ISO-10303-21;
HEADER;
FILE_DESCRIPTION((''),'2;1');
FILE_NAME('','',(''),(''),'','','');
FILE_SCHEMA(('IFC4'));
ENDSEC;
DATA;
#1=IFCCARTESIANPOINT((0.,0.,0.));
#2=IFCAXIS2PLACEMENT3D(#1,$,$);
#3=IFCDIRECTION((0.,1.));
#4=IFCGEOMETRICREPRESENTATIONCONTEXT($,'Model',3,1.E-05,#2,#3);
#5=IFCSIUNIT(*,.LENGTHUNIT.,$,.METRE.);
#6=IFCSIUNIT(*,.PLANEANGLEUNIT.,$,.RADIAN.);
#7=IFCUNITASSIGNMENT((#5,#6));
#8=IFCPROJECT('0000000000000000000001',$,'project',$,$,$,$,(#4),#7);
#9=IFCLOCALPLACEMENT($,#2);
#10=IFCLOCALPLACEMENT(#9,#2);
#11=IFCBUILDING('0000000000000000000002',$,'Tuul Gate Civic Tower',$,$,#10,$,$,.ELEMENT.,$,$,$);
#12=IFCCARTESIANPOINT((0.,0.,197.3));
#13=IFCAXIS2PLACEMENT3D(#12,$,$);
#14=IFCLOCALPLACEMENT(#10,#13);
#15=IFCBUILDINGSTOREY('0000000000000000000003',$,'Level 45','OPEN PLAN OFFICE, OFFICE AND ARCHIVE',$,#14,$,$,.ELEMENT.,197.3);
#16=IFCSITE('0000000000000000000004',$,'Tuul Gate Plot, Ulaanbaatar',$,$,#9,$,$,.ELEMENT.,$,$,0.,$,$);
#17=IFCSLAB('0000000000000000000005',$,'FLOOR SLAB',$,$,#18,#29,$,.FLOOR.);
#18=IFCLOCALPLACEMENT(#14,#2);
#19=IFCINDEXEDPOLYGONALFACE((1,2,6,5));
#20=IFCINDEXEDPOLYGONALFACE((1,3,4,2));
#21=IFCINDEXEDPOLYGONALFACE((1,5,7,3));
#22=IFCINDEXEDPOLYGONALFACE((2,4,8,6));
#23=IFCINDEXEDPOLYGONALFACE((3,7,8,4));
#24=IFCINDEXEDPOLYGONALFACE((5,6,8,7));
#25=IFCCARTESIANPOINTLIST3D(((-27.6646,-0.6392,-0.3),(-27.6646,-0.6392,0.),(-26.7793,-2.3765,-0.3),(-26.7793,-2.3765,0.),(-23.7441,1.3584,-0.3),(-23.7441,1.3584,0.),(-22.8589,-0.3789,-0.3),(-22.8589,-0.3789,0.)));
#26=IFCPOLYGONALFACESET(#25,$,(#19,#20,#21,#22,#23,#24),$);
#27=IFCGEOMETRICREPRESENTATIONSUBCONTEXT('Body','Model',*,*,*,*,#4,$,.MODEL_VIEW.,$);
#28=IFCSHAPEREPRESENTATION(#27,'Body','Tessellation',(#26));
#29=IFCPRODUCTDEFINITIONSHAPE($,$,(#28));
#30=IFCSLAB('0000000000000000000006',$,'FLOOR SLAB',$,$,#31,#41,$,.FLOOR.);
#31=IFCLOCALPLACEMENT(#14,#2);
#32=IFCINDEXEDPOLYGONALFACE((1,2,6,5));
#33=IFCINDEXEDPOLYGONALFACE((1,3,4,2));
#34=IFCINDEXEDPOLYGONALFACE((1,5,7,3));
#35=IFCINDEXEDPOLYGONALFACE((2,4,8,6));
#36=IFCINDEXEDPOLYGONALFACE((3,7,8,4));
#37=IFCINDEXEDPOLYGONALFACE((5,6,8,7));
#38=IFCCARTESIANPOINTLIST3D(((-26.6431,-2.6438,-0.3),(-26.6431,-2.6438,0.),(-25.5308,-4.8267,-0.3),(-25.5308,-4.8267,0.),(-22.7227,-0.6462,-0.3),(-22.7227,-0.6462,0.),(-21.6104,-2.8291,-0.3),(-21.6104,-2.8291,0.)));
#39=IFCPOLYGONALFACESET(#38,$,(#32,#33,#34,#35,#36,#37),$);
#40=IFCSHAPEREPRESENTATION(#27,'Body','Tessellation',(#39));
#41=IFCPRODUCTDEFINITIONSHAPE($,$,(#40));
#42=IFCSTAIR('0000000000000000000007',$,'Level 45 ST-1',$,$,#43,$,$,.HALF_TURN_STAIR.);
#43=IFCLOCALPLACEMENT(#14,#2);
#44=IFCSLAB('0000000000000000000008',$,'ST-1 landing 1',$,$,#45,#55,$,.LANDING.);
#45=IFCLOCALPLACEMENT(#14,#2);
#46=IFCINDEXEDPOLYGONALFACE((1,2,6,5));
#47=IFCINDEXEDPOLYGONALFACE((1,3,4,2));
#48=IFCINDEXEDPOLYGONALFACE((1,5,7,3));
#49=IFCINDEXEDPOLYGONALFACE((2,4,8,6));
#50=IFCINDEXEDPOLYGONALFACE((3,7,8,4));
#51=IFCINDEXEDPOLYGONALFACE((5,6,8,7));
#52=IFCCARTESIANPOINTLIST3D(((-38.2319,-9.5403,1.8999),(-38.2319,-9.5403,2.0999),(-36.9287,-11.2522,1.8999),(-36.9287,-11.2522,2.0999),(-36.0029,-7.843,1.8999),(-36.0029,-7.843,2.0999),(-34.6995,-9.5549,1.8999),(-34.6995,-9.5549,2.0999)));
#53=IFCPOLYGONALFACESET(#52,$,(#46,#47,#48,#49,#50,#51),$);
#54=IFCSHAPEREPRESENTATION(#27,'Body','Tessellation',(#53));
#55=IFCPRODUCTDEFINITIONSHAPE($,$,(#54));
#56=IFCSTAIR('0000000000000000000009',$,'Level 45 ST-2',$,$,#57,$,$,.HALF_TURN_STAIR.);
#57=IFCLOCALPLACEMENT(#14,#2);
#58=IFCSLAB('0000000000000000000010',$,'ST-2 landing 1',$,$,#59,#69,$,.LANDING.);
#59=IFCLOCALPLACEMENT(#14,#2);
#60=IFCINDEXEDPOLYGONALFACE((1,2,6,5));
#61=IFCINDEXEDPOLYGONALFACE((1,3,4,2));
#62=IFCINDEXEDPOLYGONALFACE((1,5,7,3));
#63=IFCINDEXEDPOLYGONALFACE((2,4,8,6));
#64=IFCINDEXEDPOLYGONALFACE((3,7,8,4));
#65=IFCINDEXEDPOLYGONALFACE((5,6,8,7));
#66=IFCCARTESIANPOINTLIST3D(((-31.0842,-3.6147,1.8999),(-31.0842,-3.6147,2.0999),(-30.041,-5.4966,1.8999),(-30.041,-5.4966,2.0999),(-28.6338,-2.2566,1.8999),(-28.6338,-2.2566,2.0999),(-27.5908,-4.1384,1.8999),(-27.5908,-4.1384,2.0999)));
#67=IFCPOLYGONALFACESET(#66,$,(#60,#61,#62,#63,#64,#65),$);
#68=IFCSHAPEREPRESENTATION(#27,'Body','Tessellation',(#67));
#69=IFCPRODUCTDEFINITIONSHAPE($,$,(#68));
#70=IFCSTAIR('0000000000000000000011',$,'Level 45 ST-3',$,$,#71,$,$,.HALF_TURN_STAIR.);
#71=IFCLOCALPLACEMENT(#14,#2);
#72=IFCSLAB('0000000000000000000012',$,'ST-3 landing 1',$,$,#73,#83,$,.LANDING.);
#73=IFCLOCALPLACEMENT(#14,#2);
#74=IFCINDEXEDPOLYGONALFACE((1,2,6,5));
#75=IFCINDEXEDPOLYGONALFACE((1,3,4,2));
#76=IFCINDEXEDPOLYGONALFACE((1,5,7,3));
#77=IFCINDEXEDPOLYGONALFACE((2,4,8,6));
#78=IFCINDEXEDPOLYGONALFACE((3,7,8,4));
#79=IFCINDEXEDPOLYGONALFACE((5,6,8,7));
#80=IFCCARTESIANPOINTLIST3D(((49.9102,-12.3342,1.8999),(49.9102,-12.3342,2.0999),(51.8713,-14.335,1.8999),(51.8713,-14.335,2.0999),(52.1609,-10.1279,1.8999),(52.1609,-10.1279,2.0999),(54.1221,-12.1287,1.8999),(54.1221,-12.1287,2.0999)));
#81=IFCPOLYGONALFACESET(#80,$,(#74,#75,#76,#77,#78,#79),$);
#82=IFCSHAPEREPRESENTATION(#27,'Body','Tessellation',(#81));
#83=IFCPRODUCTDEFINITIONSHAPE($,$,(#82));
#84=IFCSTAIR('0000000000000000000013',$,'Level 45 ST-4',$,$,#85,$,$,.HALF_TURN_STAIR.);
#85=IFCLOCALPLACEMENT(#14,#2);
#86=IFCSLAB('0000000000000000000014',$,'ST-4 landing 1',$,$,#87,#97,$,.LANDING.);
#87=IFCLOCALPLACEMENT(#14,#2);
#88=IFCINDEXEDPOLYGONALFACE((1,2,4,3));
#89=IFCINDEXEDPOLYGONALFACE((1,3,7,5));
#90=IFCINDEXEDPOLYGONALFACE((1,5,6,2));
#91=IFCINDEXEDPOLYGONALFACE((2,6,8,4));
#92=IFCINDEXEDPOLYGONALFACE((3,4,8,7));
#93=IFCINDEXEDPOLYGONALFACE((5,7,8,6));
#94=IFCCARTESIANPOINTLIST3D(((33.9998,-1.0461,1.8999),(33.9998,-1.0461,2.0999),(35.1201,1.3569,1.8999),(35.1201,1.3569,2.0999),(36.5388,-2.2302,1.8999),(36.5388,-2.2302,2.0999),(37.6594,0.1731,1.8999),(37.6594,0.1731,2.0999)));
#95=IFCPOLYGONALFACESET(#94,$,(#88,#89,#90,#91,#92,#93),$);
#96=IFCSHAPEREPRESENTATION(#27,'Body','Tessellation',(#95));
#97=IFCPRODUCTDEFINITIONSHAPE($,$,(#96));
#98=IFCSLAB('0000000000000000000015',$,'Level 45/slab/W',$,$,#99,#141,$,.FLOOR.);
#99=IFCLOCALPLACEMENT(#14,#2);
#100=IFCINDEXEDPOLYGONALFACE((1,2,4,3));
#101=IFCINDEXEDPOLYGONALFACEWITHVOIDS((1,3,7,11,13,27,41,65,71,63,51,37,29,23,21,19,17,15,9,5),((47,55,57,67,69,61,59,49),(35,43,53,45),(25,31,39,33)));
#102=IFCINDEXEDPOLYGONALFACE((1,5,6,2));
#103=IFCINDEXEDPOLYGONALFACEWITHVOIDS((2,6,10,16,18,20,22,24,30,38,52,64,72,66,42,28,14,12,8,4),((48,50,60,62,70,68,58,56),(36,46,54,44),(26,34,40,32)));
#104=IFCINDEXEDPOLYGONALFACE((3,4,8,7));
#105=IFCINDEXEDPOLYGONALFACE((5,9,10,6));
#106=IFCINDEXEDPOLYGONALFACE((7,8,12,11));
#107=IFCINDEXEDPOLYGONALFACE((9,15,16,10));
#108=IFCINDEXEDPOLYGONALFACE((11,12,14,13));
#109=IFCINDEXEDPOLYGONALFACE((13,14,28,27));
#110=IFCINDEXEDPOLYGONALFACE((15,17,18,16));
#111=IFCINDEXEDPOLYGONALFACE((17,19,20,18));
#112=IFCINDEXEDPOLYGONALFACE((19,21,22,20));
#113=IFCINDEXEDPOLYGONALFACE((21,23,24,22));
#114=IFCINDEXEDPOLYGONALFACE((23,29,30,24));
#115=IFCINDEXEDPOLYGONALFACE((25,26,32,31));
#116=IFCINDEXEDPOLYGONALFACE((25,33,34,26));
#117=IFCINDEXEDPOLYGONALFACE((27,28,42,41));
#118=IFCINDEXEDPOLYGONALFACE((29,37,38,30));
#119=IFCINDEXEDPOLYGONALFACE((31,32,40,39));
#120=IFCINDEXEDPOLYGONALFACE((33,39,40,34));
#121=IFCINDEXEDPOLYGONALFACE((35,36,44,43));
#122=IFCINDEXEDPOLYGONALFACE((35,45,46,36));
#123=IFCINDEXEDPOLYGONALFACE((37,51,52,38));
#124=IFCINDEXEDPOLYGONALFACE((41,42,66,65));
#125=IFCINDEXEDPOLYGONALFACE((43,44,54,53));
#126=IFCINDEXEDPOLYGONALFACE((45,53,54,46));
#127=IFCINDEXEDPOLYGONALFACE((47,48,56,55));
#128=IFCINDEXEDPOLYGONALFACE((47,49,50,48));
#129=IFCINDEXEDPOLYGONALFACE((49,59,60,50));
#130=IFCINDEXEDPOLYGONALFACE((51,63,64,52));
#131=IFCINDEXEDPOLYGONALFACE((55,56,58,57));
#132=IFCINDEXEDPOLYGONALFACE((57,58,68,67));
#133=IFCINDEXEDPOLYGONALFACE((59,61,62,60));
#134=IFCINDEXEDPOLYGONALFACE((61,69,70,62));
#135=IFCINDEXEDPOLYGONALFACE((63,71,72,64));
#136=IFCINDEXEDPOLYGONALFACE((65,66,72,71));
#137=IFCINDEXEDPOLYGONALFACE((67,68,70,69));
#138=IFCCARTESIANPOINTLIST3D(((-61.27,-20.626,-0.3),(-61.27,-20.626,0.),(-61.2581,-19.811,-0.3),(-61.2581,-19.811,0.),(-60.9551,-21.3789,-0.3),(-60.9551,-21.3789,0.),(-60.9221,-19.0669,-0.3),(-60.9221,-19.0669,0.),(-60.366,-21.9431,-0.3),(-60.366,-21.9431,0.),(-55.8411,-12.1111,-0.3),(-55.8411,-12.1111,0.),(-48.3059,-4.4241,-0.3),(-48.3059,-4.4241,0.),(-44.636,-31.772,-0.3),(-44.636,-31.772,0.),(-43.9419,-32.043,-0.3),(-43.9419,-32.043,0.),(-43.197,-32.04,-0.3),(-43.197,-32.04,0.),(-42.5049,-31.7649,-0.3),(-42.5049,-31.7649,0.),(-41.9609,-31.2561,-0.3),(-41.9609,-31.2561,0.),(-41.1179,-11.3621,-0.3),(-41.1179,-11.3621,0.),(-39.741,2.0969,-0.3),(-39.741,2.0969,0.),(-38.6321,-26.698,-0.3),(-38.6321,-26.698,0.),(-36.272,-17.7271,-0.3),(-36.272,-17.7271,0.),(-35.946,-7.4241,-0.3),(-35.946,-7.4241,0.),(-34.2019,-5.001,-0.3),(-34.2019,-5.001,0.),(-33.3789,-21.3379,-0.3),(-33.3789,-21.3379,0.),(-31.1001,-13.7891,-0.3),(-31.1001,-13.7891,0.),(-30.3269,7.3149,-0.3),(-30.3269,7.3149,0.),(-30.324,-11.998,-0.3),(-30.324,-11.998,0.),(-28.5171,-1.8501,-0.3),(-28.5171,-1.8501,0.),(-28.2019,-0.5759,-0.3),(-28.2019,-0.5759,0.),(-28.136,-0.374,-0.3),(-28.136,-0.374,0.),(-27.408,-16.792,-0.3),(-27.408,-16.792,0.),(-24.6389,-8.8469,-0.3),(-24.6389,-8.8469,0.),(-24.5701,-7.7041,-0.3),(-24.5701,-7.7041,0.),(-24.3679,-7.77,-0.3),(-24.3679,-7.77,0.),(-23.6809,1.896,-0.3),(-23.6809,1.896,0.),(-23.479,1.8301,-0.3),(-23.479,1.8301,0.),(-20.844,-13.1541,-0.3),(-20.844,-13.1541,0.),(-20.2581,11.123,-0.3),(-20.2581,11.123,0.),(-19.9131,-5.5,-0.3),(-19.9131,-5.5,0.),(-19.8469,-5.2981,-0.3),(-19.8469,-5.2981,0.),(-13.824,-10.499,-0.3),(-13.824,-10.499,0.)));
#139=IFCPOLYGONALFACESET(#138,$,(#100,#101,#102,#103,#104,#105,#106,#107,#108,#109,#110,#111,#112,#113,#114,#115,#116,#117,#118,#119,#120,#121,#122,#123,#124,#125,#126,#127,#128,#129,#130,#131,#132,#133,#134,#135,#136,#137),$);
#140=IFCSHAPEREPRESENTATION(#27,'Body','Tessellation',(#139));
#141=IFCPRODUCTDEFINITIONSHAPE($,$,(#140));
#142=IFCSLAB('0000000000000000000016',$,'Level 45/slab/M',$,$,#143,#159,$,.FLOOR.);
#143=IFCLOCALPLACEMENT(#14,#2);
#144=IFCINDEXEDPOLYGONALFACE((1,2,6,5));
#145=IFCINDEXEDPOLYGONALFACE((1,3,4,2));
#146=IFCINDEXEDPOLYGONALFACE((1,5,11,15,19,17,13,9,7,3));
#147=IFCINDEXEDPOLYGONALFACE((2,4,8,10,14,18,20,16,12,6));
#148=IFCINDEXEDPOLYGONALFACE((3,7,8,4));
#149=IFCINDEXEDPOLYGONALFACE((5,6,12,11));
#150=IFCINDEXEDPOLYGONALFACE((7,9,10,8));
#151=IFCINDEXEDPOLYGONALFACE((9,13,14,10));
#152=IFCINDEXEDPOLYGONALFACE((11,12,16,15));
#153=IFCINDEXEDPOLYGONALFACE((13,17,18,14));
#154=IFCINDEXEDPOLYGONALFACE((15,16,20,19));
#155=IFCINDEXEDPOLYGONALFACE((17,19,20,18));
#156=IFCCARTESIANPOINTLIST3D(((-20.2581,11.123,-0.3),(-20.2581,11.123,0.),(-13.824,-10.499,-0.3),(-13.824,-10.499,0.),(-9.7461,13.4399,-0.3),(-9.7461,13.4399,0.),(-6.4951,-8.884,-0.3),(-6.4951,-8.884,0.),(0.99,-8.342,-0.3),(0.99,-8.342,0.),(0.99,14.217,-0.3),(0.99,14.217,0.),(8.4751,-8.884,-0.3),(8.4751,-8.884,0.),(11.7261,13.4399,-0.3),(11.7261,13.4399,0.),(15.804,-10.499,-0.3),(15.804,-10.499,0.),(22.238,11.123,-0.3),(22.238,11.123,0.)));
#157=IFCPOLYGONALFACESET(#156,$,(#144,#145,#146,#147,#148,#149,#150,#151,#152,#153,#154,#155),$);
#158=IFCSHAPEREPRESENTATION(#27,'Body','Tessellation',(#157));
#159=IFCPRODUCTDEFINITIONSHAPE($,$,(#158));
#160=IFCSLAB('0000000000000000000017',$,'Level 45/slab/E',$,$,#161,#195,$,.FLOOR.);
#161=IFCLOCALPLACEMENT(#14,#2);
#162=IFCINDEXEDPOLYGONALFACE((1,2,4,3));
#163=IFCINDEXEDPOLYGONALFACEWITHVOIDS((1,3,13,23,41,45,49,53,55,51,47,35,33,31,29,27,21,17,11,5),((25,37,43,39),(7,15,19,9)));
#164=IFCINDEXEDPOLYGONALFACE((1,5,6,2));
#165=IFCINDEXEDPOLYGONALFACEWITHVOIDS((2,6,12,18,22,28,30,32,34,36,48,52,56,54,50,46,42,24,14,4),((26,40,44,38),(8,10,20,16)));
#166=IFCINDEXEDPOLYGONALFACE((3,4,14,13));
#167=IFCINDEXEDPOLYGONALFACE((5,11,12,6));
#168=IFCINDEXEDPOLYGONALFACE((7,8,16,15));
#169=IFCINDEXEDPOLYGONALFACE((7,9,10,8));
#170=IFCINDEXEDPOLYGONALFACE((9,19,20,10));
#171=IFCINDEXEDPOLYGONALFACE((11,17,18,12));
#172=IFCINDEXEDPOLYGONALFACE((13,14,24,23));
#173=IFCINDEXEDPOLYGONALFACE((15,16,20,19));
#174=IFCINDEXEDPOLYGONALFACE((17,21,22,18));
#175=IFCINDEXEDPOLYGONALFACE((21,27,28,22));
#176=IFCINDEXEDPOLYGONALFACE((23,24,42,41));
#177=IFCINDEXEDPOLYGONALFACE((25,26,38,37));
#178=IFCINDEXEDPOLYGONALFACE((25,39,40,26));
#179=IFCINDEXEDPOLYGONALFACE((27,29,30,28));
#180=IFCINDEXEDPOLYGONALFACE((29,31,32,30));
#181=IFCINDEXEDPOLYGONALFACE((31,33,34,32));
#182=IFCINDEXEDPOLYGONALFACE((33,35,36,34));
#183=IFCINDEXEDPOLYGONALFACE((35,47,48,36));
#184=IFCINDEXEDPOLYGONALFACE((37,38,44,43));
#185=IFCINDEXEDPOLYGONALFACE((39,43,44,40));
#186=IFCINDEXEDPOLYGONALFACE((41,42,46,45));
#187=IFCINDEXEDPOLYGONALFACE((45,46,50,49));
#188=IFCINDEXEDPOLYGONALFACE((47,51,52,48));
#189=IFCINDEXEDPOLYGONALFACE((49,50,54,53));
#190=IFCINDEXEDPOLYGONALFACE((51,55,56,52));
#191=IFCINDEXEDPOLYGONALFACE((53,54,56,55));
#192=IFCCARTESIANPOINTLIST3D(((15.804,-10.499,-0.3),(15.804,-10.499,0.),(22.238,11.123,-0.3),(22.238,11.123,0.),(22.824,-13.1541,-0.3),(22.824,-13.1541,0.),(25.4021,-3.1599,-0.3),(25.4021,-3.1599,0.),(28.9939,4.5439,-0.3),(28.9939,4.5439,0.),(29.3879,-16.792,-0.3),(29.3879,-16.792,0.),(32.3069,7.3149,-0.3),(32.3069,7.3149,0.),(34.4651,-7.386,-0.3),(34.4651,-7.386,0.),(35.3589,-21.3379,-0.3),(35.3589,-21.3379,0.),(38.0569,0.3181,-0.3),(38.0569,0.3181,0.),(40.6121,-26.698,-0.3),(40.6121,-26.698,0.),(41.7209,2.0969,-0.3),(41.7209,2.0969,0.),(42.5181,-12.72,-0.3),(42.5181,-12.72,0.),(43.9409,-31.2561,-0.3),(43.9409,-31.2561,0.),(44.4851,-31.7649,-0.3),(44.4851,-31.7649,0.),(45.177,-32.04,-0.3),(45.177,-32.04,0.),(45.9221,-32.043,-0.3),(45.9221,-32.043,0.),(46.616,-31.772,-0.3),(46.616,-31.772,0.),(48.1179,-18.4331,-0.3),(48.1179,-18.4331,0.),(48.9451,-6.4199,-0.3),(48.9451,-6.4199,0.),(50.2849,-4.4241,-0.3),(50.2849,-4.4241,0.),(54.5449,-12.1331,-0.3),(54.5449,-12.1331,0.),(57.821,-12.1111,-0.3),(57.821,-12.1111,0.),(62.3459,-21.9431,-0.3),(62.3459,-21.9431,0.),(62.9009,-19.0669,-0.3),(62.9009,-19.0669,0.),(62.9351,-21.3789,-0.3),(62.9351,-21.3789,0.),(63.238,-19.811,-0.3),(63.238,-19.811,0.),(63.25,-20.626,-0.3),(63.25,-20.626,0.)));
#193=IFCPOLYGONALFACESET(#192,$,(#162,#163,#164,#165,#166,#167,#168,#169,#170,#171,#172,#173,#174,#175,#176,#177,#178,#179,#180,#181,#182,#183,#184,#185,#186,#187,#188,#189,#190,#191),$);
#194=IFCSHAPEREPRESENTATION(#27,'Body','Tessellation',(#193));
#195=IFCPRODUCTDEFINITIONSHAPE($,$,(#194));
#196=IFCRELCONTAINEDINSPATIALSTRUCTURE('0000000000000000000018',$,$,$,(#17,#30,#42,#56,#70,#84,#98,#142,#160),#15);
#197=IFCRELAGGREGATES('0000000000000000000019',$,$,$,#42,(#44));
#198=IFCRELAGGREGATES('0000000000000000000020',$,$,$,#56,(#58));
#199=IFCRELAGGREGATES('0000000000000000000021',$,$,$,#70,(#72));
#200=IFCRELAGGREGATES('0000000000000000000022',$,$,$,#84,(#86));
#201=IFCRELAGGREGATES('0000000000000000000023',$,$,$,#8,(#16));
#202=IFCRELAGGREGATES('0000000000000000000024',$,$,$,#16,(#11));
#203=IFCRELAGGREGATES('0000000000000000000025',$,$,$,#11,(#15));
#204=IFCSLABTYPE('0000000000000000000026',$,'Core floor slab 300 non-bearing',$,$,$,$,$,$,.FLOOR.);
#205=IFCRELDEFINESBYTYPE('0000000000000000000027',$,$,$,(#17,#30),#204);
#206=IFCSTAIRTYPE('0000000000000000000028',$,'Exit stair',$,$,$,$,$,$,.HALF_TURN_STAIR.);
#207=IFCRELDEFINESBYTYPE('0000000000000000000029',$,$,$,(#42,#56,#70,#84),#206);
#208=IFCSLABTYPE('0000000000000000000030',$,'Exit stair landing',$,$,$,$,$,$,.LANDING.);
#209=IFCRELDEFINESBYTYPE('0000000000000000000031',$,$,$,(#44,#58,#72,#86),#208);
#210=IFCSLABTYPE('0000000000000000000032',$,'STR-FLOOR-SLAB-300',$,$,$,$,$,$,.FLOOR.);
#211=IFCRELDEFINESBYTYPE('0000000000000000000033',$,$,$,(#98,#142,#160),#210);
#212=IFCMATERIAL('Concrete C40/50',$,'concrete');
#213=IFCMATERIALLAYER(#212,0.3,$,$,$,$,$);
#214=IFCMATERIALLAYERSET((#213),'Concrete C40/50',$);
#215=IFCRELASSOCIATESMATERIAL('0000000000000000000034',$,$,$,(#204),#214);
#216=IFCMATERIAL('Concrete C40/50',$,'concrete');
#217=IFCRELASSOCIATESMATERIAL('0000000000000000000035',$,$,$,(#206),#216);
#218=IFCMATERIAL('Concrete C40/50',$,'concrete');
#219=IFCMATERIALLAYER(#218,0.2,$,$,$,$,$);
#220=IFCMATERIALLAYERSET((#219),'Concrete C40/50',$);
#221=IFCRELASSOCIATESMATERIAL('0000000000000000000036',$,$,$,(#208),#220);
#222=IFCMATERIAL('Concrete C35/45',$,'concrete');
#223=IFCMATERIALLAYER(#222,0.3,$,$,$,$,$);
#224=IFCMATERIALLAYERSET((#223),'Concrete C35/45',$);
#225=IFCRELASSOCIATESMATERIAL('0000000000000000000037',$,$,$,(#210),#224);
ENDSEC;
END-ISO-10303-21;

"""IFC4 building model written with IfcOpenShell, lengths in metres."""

from ifc_helpers import new_model, si_unit, direction, frame, origin, place, context, subcontext, project, spatial, polyline, outline, extrude, material, layer, layer_set, type_object, element, aggregate, save


model = new_model("IFC4")

# Units and contexts
model_context = context("Model", 3, precision=1e-05, world=origin(), true_north=direction((0.0, 1.0)))
body_context = subcontext(model_context, "Body", "Model", "MODEL_VIEW")
ifc_project = project(units=[si_unit("LENGTHUNIT", "METRE"), si_unit("PLANEANGLEUNIT", "RADIAN")], contexts=[model_context])

# Site, building, storey
site_placement = place(None, origin())
site = spatial("IfcSite", under=ifc_project, at=site_placement, Name="Tuul Gate Plot, Ulaanbaatar", CompositionType="ELEMENT", RefElevation=0.0)
building_placement = place(site_placement, origin())
building = spatial("IfcBuilding", under=site, at=building_placement, Name="Tuul Gate Civic Tower", CompositionType="ELEMENT")
storey_placement = place(building_placement, frame((0.0, 0.0, 197.3)))
storey = spatial("IfcBuildingStorey", under=building, at=storey_placement, Name="Level 45", Description="OPEN PLAN OFFICE, OFFICE AND ARCHIVE", CompositionType="ELEMENT", Elevation=197.3)

# Slabs
ifc_material_1 = material(Name="Concrete C40/50", Category="concrete")
ifc_layer_1 = layer(ifc_material_1, 0.3)
ifc_layer_set_1 = layer_set([ifc_layer_1], Name="Concrete C40/50")
slab_type_1 = type_object("IfcSlabType", Name="Core floor slab 300 non-bearing", PredefinedType="FLOOR", material=ifc_layer_set_1)
slab_1_placement = place(storey_placement, frame((0.0, 0.0, -0.3)))
element("IfcSlab", 1, at=slab_1_placement, inside=storey, type_object=slab_type_1, Name="FLOOR SLAB", PredefinedType="FLOOR", context=body_context, shape_type="SweptSolid", body=[
    extrude(outline(polyline([(-27.6646, -0.6392), (-23.7441, 1.3584), (-22.8589, -0.3789), (-26.7793, -2.3765), (-27.6646, -0.6392)])), origin(), (0.0, 0.0, 1.0), 0.3),
])
slab_2_placement = place(storey_placement, frame((0.0, 0.0, -0.3)))
element("IfcSlab", 2, at=slab_2_placement, inside=storey, type_object=slab_type_1, Name="FLOOR SLAB", PredefinedType="FLOOR", context=body_context, shape_type="SweptSolid", body=[
    extrude(outline(polyline([(-26.6431, -2.6438), (-22.7227, -0.6462), (-21.6104, -2.8291), (-25.5308, -4.8267), (-26.6431, -2.6438)])), origin(), (0.0, 0.0, 1.0), 0.3),
])

# Stairs, slabs
ifc_material_2 = material(Name="Concrete C40/50", Category="concrete")
stair_type = type_object("IfcStairType", Name="Exit stair", PredefinedType="HALF_TURN_STAIR", material=ifc_material_2)
stair_1_placement = place(storey_placement, origin())
stair_1 = element("IfcStair", 3, at=stair_1_placement, inside=storey, type_object=stair_type, Name="Level 45 ST-1", PredefinedType="HALF_TURN_STAIR")
ifc_material_3 = material(Name="Concrete C40/50", Category="concrete")
ifc_layer_2 = layer(ifc_material_3, 0.2)
ifc_layer_set_2 = layer_set([ifc_layer_2], Name="Concrete C40/50")
slab_type_2 = type_object("IfcSlabType", Name="Exit stair landing", PredefinedType="LANDING", material=ifc_layer_set_2)
slab_3_placement = place(storey_placement, frame((0.0, 0.0, 1.8999)))
slab_3 = element("IfcSlab", 4, at=slab_3_placement, type_object=slab_type_2, Name="ST-1 landing 1", PredefinedType="LANDING", context=body_context, shape_type="SweptSolid", body=[
    extrude(outline(polyline([(-34.6995, -9.5549), (-36.9287, -11.2522), (-38.2319, -9.5403), (-36.0029, -7.843), (-34.6995, -9.5549)])), origin(), (0.0, 0.0, 1.0), 0.2),
])
aggregate(stair_1, [slab_3])
stair_2_placement = place(storey_placement, origin())
stair_2 = element("IfcStair", 5, at=stair_2_placement, inside=storey, type_object=stair_type, Name="Level 45 ST-2", PredefinedType="HALF_TURN_STAIR")
slab_4_placement = place(storey_placement, frame((0.0, 0.0, 1.8999)))
slab_4 = element("IfcSlab", 6, at=slab_4_placement, type_object=slab_type_2, Name="ST-2 landing 1", PredefinedType="LANDING", context=body_context, shape_type="SweptSolid", body=[
    extrude(outline(polyline([(-27.5908, -4.1384), (-30.041, -5.4966), (-31.0842, -3.6147), (-28.6338, -2.2566), (-27.5908, -4.1384)])), origin(), (0.0, 0.0, 1.0), 0.2),
])
aggregate(stair_2, [slab_4])
stair_3_placement = place(storey_placement, origin())
stair_3 = element("IfcStair", 7, at=stair_3_placement, inside=storey, type_object=stair_type, Name="Level 45 ST-3", PredefinedType="HALF_TURN_STAIR")
slab_5_placement = place(storey_placement, frame((0.0, 0.0, 1.8999)))
slab_5 = element("IfcSlab", 8, at=slab_5_placement, type_object=slab_type_2, Name="ST-3 landing 1", PredefinedType="LANDING", context=body_context, shape_type="SweptSolid", body=[
    extrude(outline(polyline([(51.8713, -14.335), (49.9102, -12.3342), (52.1609, -10.1279), (54.1221, -12.1287), (51.8713, -14.335)])), origin(), (0.0, 0.0, 1.0), 0.2),
])
aggregate(stair_3, [slab_5])
stair_4_placement = place(storey_placement, origin())
stair_4 = element("IfcStair", 9, at=stair_4_placement, inside=storey, type_object=stair_type, Name="Level 45 ST-4", PredefinedType="HALF_TURN_STAIR")
slab_6_placement = place(storey_placement, frame((0.0, 0.0, 1.8999)))
slab_6 = element("IfcSlab", 10, at=slab_6_placement, type_object=slab_type_2, Name="ST-4 landing 1", PredefinedType="LANDING", context=body_context, shape_type="SweptSolid", body=[
    extrude(outline(polyline([(36.5388, -2.2302), (33.9998, -1.0461), (35.1201, 1.3569), (37.6594, 0.1731), (36.5388, -2.2302)])), origin(), (0.0, 0.0, 1.0), 0.2),
])
aggregate(stair_4, [slab_6])

# Slabs
ifc_material_4 = material(Name="Concrete C35/45", Category="concrete")
ifc_layer_3 = layer(ifc_material_4, 0.3)
ifc_layer_set_3 = layer_set([ifc_layer_3], Name="Concrete C35/45")
slab_type_3 = type_object("IfcSlabType", Name="STR-FLOOR-SLAB-300", PredefinedType="FLOOR", material=ifc_layer_set_3)
slab_7_placement = place(storey_placement, frame((0.0, 0.0, -0.3)))
element("IfcSlab", 11, at=slab_7_placement, inside=storey, type_object=slab_type_3, Name="Level 45/slab/W", PredefinedType="FLOOR", context=body_context, shape_type="SweptSolid", body=[
    extrude(outline(polyline([(-20.844, -13.1541), (-13.824, -10.499), (-20.2581, 11.123), (-30.3269, 7.3149), (-39.741, 2.0969), (-48.3059, -4.4241), (-55.8411, -12.1111), (-60.9221, -19.0669), (-61.2581, -19.811), (-61.27, -20.626), (-60.9551, -21.3789), (-60.366, -21.9431), (-44.636, -31.772), (-43.9419, -32.043), (-43.197, -32.04), (-42.5049, -31.7649), (-41.9609, -31.2561), (-38.6321, -26.698), (-33.3789, -21.3379), (-27.408, -16.792), (-20.844, -13.1541)]), holes=[polyline([(-31.1001, -13.7891), (-36.272, -17.7271), (-41.1179, -11.3621), (-35.946, -7.4241), (-31.1001, -13.7891)]), polyline([(-24.6389, -8.8469), (-30.324, -11.998), (-34.2019, -5.001), (-28.5171, -1.8501), (-24.6389, -8.8469)]), polyline([(-24.3679, -7.77), (-24.5701, -7.7041), (-28.2019, -0.5759), (-28.136, -0.374), (-23.6809, 1.896), (-23.479, 1.8301), (-19.8469, -5.2981), (-19.9131, -5.5), (-24.3679, -7.77)])]), origin(), (0.0, 0.0, 1.0), 0.3),
])
slab_8_placement = place(storey_placement, frame((0.0, 0.0, -0.3)))
element("IfcSlab", 12, at=slab_8_placement, inside=storey, type_object=slab_type_3, Name="Level 45/slab/M", PredefinedType="FLOOR", context=body_context, shape_type="SweptSolid", body=[
    extrude(outline(polyline([(15.804, -10.499), (22.238, 11.123), (11.7261, 13.4399), (0.99, 14.217), (-9.7461, 13.4399), (-20.2581, 11.123), (-13.824, -10.499), (-6.4951, -8.884), (0.99, -8.342), (8.4751, -8.884), (15.804, -10.499)])), origin(), (0.0, 0.0, 1.0), 0.3),
])
slab_9_placement = place(storey_placement, frame((0.0, 0.0, -0.3)))
element("IfcSlab", 13, at=slab_9_placement, inside=storey, type_object=slab_type_3, Name="Level 45/slab/E", PredefinedType="FLOOR", context=body_context, shape_type="SweptSolid", body=[
    extrude(outline(polyline([(45.9221, -32.043), (46.616, -31.772), (62.3459, -21.9431), (62.9351, -21.3789), (63.25, -20.626), (63.238, -19.811), (62.9009, -19.0669), (57.821, -12.1111), (50.2849, -4.4241), (41.7209, 2.0969), (32.3069, 7.3149), (22.238, 11.123), (15.804, -10.499), (22.824, -13.1541), (29.3879, -16.792), (35.3589, -21.3379), (40.6121, -26.698), (43.9409, -31.2561), (44.4851, -31.7649), (45.177, -32.04), (45.9221, -32.043)]), holes=[polyline([(48.1179, -18.4331), (42.5181, -12.72), (48.9451, -6.4199), (54.5449, -12.1331), (48.1179, -18.4331)]), polyline([(25.4021, -3.1599), (28.9939, 4.5439), (38.0569, 0.3181), (34.4651, -7.386), (25.4021, -3.1599)])]), origin(), (0.0, 0.0, 1.0), 0.3),
])

save(model, "model.ifc")
